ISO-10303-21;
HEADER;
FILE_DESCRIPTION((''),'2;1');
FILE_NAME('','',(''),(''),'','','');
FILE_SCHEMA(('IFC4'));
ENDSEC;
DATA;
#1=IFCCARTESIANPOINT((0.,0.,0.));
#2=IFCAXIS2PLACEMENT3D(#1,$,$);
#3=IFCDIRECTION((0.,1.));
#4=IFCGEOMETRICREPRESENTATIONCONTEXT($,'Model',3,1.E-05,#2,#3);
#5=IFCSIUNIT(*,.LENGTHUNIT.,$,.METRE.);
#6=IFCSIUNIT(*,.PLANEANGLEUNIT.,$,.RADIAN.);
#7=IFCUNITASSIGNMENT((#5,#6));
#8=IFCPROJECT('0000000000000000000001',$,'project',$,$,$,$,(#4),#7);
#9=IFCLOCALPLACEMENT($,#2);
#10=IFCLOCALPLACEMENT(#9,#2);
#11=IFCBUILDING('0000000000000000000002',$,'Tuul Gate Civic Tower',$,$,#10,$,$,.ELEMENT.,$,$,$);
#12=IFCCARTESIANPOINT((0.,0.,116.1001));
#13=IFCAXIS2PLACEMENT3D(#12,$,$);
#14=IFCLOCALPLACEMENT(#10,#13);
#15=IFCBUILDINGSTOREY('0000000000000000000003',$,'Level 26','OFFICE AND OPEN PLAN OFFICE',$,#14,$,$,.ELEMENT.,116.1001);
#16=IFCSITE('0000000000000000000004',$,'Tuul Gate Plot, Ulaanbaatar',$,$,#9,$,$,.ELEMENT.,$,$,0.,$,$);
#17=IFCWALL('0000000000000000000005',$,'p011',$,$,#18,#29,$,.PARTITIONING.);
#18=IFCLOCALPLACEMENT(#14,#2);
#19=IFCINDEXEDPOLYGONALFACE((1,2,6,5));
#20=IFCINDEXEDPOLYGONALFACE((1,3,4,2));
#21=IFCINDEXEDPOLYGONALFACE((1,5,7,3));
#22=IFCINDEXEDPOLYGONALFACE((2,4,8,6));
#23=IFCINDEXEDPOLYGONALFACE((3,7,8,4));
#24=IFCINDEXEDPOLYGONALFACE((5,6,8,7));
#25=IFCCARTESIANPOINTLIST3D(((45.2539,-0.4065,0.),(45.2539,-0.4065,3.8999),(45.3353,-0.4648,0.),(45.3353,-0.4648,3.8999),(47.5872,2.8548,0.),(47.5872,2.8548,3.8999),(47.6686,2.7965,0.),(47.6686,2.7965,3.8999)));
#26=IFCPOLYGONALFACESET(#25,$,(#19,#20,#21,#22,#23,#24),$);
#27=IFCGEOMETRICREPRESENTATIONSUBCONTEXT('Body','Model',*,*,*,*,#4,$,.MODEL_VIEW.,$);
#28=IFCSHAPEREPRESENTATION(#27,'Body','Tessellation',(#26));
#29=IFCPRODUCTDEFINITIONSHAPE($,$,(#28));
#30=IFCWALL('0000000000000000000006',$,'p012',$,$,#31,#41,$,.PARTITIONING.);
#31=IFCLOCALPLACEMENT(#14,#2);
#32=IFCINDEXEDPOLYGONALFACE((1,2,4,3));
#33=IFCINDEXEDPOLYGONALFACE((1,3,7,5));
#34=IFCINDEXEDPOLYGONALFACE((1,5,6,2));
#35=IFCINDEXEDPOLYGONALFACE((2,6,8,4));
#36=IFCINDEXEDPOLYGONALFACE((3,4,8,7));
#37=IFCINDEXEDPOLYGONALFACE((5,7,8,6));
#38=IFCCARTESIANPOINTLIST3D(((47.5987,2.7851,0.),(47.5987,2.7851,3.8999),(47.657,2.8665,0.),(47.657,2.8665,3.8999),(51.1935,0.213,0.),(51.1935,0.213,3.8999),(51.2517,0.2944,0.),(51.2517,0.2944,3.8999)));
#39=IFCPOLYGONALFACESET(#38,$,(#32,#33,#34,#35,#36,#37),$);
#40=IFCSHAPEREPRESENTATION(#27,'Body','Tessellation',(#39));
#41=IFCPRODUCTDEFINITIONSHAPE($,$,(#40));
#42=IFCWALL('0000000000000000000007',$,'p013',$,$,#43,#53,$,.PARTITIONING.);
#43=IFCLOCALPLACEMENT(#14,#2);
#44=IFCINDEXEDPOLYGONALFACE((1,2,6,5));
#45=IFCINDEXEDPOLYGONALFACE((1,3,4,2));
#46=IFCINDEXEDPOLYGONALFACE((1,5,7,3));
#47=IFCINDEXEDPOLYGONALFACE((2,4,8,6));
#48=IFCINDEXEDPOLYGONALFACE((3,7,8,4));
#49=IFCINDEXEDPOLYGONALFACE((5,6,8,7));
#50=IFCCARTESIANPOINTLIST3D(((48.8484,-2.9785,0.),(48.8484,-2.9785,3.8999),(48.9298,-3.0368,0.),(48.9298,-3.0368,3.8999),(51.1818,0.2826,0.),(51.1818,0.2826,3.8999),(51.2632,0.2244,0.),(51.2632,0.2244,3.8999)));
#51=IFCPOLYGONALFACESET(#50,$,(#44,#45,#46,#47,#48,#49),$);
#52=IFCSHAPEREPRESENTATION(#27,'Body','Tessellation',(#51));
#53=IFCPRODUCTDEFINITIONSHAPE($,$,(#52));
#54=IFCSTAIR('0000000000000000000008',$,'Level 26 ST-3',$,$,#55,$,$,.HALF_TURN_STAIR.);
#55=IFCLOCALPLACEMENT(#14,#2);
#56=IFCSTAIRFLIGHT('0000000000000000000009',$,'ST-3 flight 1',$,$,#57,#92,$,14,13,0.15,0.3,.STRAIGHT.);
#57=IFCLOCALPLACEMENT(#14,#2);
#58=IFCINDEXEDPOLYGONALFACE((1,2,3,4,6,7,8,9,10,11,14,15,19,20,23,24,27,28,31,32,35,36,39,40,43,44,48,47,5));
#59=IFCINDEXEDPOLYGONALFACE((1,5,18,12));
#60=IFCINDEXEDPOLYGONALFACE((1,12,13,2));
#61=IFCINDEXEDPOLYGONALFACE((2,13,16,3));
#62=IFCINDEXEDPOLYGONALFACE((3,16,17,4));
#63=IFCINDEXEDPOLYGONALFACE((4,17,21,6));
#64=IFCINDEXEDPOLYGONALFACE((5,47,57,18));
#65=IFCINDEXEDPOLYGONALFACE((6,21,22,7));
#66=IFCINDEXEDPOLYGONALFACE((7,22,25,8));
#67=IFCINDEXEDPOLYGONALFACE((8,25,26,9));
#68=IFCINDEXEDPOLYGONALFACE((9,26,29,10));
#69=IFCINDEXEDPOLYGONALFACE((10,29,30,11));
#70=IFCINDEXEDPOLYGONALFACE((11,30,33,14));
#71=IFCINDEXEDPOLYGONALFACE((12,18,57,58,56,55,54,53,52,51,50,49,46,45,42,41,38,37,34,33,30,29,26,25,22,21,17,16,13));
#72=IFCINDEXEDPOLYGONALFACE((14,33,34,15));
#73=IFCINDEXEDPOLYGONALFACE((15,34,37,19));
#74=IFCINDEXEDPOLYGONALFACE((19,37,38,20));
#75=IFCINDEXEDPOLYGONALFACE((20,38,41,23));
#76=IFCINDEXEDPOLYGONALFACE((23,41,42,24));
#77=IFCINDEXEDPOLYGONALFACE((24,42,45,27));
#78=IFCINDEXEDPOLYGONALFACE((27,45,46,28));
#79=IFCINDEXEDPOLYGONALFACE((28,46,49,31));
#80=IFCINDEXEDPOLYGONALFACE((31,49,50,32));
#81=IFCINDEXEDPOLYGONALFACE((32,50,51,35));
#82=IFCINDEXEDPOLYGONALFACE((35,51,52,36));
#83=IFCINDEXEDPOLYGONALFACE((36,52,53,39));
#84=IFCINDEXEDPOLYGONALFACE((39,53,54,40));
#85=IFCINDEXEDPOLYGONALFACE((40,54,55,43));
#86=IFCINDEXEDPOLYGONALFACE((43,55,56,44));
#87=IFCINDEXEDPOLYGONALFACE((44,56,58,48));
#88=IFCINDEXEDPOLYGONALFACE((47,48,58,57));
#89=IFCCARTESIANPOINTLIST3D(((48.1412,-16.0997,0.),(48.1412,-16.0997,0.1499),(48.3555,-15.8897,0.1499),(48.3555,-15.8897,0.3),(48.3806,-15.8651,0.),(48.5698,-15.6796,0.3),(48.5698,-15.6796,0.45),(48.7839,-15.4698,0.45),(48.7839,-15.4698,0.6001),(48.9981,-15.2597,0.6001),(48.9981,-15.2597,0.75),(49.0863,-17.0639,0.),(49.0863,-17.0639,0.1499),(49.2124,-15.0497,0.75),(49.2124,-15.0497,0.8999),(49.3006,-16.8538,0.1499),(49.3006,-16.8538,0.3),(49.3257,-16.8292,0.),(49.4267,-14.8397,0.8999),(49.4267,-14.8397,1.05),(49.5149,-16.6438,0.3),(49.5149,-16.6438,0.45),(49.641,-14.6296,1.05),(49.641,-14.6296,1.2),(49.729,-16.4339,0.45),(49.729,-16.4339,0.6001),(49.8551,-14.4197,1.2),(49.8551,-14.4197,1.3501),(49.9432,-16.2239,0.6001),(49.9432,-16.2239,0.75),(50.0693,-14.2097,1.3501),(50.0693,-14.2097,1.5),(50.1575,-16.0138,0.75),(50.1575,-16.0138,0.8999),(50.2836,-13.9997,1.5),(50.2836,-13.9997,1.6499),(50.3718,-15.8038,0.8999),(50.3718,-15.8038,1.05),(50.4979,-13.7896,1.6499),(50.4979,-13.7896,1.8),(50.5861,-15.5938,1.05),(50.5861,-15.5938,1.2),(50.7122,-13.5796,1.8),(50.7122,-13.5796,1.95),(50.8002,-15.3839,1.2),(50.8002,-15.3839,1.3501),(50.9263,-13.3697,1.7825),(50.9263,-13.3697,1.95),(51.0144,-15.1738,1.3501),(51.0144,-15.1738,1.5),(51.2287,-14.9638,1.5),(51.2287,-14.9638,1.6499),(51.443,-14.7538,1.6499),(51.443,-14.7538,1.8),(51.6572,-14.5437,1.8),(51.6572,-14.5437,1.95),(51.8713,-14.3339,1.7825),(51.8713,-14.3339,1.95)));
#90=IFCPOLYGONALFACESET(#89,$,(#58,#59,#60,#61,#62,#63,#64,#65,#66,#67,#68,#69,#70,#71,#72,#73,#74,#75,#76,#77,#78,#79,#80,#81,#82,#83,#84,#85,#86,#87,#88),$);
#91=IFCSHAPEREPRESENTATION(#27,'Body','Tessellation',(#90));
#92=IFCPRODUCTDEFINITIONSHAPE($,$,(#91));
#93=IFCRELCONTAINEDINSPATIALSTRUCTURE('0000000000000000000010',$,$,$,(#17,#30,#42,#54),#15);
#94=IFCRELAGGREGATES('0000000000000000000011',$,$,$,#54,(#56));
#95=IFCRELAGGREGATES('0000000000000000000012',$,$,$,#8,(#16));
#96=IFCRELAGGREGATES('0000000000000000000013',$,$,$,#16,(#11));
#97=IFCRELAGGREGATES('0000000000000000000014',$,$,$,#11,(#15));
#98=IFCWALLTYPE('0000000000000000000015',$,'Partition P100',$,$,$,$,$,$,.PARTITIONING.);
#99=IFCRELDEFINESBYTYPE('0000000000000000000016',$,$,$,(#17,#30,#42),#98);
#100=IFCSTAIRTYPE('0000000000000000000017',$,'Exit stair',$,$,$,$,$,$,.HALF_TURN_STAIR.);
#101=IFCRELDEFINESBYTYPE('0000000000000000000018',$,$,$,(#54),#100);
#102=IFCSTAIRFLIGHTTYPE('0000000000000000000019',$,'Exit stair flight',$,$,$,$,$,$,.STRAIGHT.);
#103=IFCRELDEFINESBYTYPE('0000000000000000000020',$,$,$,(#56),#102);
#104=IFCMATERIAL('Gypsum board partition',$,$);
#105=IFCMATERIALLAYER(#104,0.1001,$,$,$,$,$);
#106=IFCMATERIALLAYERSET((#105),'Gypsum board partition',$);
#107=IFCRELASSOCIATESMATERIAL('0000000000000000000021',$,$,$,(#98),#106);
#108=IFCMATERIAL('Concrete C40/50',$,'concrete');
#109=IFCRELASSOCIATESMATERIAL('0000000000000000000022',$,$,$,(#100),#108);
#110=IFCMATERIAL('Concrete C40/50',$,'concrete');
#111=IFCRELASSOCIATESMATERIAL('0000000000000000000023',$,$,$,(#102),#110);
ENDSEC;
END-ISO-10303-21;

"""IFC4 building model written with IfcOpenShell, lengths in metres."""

from ifc_helpers import new_model, si_unit, direction, frame, frame_2d, origin, place, context, subcontext, project, spatial, polyline, rectangle, outline, extrude, material, layer, layer_set, type_object, element, aggregate, save


model = new_model("IFC4")

# Units and contexts
model_context = context("Model", 3, precision=1e-05, world=origin(), true_north=direction((0.0, 1.0)))
body_context = subcontext(model_context, "Body", "Model", "MODEL_VIEW")
ifc_project = project(units=[si_unit("LENGTHUNIT", "METRE"), si_unit("PLANEANGLEUNIT", "RADIAN")], contexts=[model_context])

# Site, building, storey
site_placement = place(None, origin())
site = spatial("IfcSite", under=ifc_project, at=site_placement, Name="Tuul Gate Plot, Ulaanbaatar", CompositionType="ELEMENT", RefElevation=0.0)
building_placement = place(site_placement, origin())
building = spatial("IfcBuilding", under=site, at=building_placement, Name="Tuul Gate Civic Tower", CompositionType="ELEMENT")
storey_placement = place(building_placement, frame((0.0, 0.0, 116.1001)))
storey = spatial("IfcBuildingStorey", under=building, at=storey_placement, Name="Level 26", Description="OFFICE AND OPEN PLAN OFFICE", CompositionType="ELEMENT", Elevation=116.1001)

# Walls
ifc_material_1 = material(Name="Gypsum board partition")
ifc_layer_1 = layer(ifc_material_1, 0.1001)
ifc_layer_set_1 = layer_set([ifc_layer_1], Name="Gypsum board partition")
wall_type_1 = type_object("IfcWallType", Name="Partition P100", PredefinedType="PARTITIONING", material=ifc_layer_set_1)
wall_1_placement = place(storey_placement, frame((45.2947, -0.4355, 0.0), z_axis=(0.0, 0.0, 1.0), x_axis=(0.581866, 0.813285, 0.0)))
element("IfcWall", 1, at=wall_1_placement, inside=storey, type_object=wall_type_1, Name="p011", PredefinedType="PARTITIONING", context=body_context, shape_type="SweptSolid", body=[
    extrude(rectangle(XDim=4.01, YDim=0.1001, at=frame_2d((2.0049, 0.0))), origin(), (0.0, 0.0, 1.0), 3.8999),
])
wall_2_placement = place(storey_placement, frame((47.6279, 2.8257, 0.0), z_axis=(0.0, 0.0, 1.0), x_axis=(0.813267, -0.581891, 0.0)))
element("IfcWall", 2, at=wall_2_placement, inside=storey, type_object=wall_type_1, Name="p012", PredefinedType="PARTITIONING", context=body_context, shape_type="SweptSolid", body=[
    extrude(rectangle(XDim=4.4202, YDim=0.1001, at=frame_2d((2.21, 0.0))), origin(), (0.0, 0.0, 1.0), 3.8999),
])
wall_3_placement = place(storey_placement, frame((48.8892, -3.0076, 0.0), z_axis=(0.0, 0.0, 1.0), x_axis=(0.581906, 0.813256, 0.0)))
element("IfcWall", 3, at=wall_3_placement, inside=storey, type_object=wall_type_1, Name="p013", PredefinedType="PARTITIONING", context=body_context, shape_type="SweptSolid", body=[
    extrude(rectangle(XDim=4.01, YDim=0.1001, at=frame_2d((2.0049, 0.0))), origin(), (0.0, 0.0, 1.0), 3.8999),
])

# Stair, stair flight
ifc_material_2 = material(Name="Concrete C40/50", Category="concrete")
stair_type = type_object("IfcStairType", Name="Exit stair", PredefinedType="HALF_TURN_STAIR", material=ifc_material_2)
stair_placement = place(storey_placement, origin())
stair = element("IfcStair", 4, at=stair_placement, inside=storey, type_object=stair_type, Name="Level 26 ST-3", PredefinedType="HALF_TURN_STAIR")
ifc_material_3 = material(Name="Concrete C40/50", Category="concrete")
stair_flight_type = type_object("IfcStairFlightType", Name="Exit stair flight", PredefinedType="STRAIGHT", material=ifc_material_3)
stair_flight_placement = place(storey_placement, frame((48.6138, -16.5818, 0.0), z_axis=(0.0, 0.0, 1.0), x_axis=(0.714127, 0.700016, 0.0)))
stair_flight = element("IfcStairFlight", 5, at=stair_flight_placement, type_object=stair_flight_type, Name="ST-3 flight 1", NumberOfRisers=14, NumberOfTreads=13, PredefinedType="STRAIGHT", RiserHeight=0.15, TreadLength=0.3, context=body_context, shape_type="SweptSolid", body=[
    extrude(outline(polyline([(0.0, 0.0), (0.0, 0.1499), (0.3, 0.1499), (0.3, 0.3), (0.6001, 0.3), (0.6001, 0.45), (0.8999, 0.45), (0.8999, 0.6001), (1.2, 0.6001), (1.2, 0.75), (1.5, 0.75), (1.5, 0.8999), (1.8, 0.8999), (1.8, 1.05), (2.1001, 1.05), (2.1001, 1.2), (2.3999, 1.2), (2.3999, 1.3501), (2.7, 1.3501), (2.7, 1.5), (3.0, 1.5), (3.0, 1.6499), (3.3, 1.6499), (3.3, 1.8), (3.6001, 1.8), (3.6001, 1.95), (3.8999, 1.95), (3.8999, 2.1001), (3.8999, 1.7825), (0.3352, 0.0), (0.0, 0.0)])), frame((0.0, 0.675, 0.0), z_axis=(0.0, -1.0, 0.0), x_axis=(1.0, 0.0, 0.0)), (0.0, 0.0, 1.0), 1.3501),
])
aggregate(stair, [stair_flight])

save(model, "model.ifc")
